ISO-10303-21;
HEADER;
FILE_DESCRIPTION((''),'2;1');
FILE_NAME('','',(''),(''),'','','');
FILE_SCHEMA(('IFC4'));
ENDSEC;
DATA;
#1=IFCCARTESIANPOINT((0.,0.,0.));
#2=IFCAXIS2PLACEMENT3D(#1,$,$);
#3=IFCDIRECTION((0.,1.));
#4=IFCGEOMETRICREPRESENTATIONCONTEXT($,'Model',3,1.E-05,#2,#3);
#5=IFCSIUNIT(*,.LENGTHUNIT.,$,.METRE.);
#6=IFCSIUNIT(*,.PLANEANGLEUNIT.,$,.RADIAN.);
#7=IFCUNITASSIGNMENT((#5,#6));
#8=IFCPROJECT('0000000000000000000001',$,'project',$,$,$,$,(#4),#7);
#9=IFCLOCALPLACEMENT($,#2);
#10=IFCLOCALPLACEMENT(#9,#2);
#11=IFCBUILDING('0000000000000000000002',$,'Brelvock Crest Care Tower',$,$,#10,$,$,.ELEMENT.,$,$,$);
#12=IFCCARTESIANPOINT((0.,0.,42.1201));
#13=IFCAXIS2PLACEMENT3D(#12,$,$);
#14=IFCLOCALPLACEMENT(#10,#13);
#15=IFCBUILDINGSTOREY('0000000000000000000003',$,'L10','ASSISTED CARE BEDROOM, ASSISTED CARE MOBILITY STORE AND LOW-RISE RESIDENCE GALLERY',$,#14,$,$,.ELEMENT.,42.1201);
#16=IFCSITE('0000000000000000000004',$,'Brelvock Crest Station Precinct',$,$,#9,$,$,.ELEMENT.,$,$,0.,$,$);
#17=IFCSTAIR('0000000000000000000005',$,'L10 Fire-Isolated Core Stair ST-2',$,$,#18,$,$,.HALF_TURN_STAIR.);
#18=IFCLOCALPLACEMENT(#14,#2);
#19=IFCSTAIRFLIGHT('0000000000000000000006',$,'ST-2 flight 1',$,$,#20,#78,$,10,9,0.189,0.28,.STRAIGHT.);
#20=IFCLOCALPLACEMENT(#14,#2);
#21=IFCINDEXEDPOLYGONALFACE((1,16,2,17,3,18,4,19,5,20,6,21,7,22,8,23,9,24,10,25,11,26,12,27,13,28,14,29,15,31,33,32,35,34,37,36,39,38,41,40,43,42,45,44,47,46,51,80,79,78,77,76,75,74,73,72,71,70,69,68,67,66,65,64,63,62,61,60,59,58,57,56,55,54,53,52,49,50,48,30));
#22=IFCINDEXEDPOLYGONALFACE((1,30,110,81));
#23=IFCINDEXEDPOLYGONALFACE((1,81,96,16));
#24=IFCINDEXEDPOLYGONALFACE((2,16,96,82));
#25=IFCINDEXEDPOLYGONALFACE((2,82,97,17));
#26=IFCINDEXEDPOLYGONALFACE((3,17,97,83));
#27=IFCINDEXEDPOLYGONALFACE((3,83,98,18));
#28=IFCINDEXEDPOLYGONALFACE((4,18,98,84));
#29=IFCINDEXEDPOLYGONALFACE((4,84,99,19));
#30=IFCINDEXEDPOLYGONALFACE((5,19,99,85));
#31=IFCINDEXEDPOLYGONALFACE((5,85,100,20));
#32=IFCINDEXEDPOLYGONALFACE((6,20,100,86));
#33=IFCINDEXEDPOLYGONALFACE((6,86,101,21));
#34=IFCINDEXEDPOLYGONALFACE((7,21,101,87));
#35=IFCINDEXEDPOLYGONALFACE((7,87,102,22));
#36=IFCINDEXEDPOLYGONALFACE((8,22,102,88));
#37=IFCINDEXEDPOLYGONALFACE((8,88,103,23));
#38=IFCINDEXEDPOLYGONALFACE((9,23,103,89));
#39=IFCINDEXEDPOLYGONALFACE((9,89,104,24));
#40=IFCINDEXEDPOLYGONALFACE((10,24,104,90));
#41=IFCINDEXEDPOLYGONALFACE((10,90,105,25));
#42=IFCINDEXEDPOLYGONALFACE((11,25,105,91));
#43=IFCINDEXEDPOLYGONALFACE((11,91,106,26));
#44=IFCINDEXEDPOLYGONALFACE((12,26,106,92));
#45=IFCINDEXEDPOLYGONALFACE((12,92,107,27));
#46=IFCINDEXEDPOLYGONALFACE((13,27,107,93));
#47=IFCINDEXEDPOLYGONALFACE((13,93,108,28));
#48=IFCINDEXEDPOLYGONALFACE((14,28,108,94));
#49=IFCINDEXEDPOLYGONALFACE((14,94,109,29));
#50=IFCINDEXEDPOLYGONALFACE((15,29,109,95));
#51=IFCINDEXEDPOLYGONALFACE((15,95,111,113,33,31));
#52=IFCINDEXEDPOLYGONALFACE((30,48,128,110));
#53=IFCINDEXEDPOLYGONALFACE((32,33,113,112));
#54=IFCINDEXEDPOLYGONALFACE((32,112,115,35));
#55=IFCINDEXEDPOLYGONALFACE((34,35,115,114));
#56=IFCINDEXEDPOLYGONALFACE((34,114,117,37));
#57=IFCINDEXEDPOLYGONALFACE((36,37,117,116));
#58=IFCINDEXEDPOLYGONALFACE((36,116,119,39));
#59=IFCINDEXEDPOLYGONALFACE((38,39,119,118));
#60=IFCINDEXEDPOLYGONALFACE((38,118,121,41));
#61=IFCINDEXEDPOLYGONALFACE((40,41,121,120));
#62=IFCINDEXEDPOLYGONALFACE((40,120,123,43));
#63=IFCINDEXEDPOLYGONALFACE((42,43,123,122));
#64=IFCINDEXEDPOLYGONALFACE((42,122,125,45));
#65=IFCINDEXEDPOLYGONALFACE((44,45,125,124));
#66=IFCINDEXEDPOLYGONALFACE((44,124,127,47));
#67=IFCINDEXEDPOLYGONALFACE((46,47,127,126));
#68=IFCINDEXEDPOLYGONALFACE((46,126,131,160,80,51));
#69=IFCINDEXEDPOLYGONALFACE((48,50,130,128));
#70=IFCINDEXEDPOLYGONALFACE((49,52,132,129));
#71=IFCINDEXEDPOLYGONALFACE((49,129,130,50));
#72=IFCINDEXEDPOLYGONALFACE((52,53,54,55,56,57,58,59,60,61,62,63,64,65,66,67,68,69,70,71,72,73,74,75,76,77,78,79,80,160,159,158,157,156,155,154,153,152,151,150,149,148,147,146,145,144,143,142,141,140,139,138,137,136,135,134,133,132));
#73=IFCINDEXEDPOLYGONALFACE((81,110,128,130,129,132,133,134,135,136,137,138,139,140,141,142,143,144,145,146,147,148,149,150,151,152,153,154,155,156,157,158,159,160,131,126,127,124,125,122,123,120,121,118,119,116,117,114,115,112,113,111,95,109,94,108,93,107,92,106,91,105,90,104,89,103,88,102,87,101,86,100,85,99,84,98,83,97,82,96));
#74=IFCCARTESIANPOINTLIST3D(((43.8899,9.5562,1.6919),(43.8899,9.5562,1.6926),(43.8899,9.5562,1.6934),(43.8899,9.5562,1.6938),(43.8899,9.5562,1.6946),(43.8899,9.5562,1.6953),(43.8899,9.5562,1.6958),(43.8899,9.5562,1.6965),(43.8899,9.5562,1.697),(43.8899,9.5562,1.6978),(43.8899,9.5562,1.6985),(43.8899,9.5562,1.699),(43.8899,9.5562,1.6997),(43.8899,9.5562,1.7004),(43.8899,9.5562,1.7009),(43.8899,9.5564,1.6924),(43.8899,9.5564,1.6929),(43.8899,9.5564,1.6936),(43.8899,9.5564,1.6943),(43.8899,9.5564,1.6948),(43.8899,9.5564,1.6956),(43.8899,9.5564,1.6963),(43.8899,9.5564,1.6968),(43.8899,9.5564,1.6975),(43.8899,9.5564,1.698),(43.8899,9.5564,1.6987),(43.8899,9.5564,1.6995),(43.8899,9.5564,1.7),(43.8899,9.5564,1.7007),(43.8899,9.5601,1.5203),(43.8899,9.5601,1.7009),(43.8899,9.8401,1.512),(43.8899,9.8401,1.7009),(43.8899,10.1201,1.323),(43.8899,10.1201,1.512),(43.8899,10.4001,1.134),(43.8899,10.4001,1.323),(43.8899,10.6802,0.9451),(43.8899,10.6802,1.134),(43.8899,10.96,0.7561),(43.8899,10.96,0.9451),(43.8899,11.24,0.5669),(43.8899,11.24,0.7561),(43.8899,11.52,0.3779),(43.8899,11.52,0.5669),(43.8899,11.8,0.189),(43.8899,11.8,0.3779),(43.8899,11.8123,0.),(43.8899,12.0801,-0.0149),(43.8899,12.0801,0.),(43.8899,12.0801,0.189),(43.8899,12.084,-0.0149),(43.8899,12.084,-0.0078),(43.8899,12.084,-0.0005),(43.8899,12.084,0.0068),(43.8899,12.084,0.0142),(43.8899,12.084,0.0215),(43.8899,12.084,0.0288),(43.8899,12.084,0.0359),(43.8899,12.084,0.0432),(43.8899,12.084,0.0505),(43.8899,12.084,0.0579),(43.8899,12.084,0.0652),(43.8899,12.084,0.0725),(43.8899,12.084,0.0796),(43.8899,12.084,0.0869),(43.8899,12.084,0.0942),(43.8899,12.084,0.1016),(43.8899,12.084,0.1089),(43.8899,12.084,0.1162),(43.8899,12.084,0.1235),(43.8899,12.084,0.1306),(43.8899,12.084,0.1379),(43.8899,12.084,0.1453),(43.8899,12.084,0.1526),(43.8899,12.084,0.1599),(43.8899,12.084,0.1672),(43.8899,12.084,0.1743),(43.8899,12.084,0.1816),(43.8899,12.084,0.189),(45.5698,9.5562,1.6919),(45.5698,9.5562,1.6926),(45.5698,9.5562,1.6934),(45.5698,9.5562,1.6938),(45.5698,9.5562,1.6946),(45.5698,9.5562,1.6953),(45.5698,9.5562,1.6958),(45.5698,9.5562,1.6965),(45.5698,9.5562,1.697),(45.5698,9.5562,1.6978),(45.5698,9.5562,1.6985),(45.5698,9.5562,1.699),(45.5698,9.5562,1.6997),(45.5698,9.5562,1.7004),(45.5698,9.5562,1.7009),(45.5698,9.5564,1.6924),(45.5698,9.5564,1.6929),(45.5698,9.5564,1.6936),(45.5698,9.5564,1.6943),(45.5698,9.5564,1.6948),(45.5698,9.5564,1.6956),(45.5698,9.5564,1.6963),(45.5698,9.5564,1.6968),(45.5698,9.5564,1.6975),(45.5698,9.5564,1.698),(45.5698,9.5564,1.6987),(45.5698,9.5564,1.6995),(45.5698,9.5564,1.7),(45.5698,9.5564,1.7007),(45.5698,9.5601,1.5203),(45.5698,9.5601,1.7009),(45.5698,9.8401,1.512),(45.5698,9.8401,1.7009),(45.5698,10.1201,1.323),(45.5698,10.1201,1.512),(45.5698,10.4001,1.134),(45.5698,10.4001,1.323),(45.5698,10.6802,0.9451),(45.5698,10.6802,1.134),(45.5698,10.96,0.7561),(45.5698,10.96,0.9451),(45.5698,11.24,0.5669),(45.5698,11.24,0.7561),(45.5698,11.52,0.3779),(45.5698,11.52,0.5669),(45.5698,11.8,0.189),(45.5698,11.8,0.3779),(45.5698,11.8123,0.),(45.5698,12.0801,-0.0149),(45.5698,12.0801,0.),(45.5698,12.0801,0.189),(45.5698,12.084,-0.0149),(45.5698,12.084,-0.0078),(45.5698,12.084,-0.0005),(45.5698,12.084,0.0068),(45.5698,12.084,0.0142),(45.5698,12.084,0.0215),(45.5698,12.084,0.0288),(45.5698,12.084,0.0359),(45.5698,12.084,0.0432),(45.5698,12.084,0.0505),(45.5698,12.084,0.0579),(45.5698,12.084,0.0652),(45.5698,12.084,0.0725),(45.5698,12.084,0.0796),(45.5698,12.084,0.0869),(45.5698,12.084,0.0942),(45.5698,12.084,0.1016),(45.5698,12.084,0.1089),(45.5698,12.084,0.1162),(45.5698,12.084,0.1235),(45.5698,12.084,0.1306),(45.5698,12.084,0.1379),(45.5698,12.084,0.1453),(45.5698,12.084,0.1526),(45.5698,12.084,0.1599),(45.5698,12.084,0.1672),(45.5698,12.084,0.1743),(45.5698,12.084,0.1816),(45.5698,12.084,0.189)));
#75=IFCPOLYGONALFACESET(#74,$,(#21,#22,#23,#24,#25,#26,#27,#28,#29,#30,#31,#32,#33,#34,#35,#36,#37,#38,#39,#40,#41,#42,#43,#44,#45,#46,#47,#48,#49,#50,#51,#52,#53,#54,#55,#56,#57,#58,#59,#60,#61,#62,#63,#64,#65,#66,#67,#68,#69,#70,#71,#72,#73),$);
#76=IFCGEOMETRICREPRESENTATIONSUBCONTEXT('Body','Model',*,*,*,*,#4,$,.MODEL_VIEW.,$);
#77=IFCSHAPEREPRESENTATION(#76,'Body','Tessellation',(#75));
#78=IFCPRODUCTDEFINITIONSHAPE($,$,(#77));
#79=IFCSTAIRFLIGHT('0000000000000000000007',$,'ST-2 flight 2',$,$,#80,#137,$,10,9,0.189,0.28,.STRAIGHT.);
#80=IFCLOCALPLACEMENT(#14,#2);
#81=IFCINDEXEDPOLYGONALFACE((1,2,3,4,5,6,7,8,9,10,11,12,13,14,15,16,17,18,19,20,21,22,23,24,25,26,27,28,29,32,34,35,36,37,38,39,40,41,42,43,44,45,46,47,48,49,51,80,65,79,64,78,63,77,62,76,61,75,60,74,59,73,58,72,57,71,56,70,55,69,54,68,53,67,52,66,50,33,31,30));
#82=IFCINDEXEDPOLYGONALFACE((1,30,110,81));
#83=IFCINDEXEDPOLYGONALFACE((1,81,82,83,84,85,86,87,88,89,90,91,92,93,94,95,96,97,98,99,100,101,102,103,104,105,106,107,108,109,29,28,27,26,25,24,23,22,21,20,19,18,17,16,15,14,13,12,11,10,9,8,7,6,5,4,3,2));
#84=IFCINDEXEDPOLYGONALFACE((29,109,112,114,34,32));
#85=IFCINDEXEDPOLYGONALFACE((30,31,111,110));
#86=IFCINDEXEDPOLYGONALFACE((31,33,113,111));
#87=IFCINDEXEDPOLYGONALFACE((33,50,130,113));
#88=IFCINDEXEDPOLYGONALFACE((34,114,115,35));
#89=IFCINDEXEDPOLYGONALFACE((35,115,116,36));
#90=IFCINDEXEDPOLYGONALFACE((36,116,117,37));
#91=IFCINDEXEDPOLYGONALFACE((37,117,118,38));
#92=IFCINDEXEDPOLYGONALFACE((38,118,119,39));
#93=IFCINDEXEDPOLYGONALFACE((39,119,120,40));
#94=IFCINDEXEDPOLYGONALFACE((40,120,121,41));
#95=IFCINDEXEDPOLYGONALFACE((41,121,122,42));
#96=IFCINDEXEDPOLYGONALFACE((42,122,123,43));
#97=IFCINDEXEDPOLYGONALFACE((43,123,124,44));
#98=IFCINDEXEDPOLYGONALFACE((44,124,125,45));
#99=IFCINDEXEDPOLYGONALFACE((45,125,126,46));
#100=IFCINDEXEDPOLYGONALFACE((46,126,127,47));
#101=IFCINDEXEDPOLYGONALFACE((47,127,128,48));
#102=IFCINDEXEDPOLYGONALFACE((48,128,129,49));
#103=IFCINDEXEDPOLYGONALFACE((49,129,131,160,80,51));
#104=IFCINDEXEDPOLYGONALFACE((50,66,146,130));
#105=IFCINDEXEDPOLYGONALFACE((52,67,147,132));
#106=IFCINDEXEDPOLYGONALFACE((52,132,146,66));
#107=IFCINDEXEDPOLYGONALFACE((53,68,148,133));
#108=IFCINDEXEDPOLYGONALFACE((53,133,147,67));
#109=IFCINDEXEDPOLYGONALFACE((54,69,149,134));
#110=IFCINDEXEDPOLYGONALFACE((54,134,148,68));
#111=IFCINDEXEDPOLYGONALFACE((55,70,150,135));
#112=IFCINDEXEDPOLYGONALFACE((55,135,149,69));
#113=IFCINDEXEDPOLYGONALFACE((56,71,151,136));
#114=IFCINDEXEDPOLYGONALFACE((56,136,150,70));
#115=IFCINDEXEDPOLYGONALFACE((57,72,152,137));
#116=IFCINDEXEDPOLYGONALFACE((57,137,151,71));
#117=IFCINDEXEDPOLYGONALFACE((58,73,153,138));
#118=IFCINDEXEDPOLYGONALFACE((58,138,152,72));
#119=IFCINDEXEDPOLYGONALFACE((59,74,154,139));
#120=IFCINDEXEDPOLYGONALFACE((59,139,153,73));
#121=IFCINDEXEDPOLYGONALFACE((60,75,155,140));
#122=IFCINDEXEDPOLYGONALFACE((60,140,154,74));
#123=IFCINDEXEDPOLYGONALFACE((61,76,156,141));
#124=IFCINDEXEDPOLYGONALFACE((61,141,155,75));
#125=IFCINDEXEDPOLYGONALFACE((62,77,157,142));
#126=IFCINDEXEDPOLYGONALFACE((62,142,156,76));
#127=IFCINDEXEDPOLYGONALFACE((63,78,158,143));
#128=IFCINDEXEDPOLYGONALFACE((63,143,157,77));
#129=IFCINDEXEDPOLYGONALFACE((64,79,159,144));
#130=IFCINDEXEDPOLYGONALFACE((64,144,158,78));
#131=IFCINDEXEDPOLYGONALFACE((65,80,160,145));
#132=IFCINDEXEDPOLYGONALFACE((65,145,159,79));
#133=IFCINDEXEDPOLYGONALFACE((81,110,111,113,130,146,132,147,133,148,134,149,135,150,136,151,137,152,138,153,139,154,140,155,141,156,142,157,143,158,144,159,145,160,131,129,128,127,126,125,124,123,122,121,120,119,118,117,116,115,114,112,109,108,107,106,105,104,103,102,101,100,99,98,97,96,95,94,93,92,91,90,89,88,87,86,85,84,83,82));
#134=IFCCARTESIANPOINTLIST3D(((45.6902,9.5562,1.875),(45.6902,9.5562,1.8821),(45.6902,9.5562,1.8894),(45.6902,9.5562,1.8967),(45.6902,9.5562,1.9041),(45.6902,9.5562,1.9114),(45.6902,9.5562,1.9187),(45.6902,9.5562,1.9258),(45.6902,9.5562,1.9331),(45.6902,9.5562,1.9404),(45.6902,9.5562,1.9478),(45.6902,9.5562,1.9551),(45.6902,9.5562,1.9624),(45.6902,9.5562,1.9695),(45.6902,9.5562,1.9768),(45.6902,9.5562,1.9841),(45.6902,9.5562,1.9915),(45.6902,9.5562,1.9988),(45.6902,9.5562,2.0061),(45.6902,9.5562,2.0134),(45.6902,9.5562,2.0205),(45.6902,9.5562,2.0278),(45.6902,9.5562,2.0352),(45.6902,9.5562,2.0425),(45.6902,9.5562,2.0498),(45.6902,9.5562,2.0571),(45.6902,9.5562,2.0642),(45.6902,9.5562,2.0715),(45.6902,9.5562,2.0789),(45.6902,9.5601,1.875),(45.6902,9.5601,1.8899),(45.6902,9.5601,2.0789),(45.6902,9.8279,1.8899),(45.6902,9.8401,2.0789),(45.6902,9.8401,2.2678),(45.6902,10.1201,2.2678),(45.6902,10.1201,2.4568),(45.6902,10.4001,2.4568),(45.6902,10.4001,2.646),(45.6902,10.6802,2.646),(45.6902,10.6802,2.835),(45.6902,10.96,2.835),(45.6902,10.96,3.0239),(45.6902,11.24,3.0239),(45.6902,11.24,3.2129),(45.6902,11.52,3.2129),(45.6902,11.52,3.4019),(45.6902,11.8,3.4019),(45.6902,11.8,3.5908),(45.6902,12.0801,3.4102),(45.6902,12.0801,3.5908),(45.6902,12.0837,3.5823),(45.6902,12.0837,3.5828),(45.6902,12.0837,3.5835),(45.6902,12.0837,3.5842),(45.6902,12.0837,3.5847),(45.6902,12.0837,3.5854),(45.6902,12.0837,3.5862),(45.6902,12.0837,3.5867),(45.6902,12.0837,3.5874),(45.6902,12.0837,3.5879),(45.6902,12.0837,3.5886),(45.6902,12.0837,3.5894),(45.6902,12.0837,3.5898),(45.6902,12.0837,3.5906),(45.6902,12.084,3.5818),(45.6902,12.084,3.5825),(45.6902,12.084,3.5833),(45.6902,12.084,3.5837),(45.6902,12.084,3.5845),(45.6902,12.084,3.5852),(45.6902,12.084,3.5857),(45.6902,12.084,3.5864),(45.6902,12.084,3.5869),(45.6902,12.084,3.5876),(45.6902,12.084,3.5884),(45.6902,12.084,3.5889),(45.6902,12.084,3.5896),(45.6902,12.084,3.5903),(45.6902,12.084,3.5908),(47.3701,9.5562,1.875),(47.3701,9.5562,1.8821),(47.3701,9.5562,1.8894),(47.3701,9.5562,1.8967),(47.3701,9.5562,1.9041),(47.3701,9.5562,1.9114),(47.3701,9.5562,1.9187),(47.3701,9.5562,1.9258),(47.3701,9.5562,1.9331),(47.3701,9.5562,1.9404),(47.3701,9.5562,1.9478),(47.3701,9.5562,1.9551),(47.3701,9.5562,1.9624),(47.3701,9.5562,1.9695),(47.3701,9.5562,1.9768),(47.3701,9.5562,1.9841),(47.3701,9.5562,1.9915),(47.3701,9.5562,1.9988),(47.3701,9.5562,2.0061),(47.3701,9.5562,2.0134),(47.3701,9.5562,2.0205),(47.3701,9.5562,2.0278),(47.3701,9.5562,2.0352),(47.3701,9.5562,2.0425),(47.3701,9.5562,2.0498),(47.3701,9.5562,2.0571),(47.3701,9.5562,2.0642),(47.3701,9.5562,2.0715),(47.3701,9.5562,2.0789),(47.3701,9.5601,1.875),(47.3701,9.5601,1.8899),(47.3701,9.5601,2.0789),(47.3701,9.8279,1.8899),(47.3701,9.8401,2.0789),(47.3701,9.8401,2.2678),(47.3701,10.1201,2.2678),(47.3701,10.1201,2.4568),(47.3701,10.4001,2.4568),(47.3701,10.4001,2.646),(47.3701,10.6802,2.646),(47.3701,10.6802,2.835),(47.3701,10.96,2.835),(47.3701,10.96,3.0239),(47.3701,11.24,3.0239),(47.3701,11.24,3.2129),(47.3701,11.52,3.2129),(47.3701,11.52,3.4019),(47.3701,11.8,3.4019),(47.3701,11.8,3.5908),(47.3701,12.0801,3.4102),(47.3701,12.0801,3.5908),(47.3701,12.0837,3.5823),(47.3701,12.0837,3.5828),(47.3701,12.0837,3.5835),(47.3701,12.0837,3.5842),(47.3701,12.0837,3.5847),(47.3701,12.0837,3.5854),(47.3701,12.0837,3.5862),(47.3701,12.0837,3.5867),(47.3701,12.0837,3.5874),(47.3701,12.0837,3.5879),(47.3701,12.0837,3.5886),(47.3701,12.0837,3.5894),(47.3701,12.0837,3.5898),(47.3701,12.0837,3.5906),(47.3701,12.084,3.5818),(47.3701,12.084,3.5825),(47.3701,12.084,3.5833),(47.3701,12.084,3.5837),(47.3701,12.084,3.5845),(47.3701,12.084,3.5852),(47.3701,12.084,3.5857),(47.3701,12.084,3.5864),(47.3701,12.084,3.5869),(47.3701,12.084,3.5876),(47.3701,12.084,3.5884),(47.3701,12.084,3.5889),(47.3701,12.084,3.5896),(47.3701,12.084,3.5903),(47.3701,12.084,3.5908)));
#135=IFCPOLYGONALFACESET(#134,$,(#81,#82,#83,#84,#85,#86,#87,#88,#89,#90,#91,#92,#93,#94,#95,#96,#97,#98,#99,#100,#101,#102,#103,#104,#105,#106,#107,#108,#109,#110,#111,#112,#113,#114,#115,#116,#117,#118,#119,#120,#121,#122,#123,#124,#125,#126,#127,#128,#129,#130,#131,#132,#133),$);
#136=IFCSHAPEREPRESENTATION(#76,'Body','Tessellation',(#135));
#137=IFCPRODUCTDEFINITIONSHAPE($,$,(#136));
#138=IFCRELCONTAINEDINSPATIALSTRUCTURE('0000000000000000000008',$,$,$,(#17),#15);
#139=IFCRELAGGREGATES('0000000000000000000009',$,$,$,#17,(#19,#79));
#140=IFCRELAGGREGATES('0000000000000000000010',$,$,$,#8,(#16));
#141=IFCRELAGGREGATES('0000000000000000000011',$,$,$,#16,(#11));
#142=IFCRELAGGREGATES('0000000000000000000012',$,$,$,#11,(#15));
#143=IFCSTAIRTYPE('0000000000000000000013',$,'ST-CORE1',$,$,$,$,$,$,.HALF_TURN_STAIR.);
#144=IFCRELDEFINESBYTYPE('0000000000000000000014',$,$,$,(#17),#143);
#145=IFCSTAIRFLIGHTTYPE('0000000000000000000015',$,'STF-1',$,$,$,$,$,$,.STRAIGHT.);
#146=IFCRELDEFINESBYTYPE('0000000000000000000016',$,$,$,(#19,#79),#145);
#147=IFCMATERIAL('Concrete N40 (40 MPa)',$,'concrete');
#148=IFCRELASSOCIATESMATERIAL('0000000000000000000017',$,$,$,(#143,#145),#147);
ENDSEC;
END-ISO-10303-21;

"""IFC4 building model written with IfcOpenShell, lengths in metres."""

from ifc_helpers import new_model, si_unit, direction, frame, origin, place, context, subcontext, project, spatial, polyline, outline, extrude, material, type_object, element, aggregate, save


model = new_model("IFC4")

# Units and contexts
model_context = context("Model", 3, precision=1e-05, world=origin(), true_north=direction((0.0, 1.0)))
body_context = subcontext(model_context, "Body", "Model", "MODEL_VIEW")
ifc_project = project(units=[si_unit("LENGTHUNIT", "METRE"), si_unit("PLANEANGLEUNIT", "RADIAN")], contexts=[model_context])

# Site, building, storey
site_placement = place(None, origin())
site = spatial("IfcSite", under=ifc_project, at=site_placement, Name="Brelvock Crest Station Precinct", CompositionType="ELEMENT", RefElevation=0.0)
building_placement = place(site_placement, origin())
building = spatial("IfcBuilding", under=site, at=building_placement, Name="Brelvock Crest Care Tower", CompositionType="ELEMENT")
storey_placement = place(building_placement, frame((0.0, 0.0, 42.1201)))
storey = spatial("IfcBuildingStorey", under=building, at=storey_placement, Name="L10", Description="ASSISTED CARE BEDROOM, ASSISTED CARE MOBILITY STORE AND LOW-RISE RESIDENCE GALLERY", CompositionType="ELEMENT", Elevation=42.1201)

# Stair, stair flights
ifc_material_1 = material(Name="Concrete N40 (40 MPa)", Category="concrete")
stair_type = type_object("IfcStairType", Name="ST-CORE1", PredefinedType="HALF_TURN_STAIR", material=ifc_material_1)
stair_placement = place(storey_placement, origin())
stair = element("IfcStair", 1, at=stair_placement, inside=storey, type_object=stair_type, Name="L10 Fire-Isolated Core Stair ST-2", PredefinedType="HALF_TURN_STAIR")
stair_flight_type = type_object("IfcStairFlightType", Name="STF-1", PredefinedType="STRAIGHT", material=ifc_material_1)
stair_flight_1_placement = place(storey_placement, frame((44.73, 12.0801, 0.0), z_axis=(0.0, 0.0, 1.0), x_axis=(0.0, -1.0, 0.0)))
stair_flight_1 = element("IfcStairFlight", 2, at=stair_flight_1_placement, type_object=stair_flight_type, Name="ST-2 flight 1", NumberOfRisers=10, NumberOfTreads=9, PredefinedType="STRAIGHT", RiserHeight=0.189, TreadLength=0.28, context=body_context, shape_type="SweptSolid", body=[
    extrude(outline(polyline([(-0.0039, -0.0149), (-0.0039, -0.0078), (-0.0039, -0.0005), (-0.0039, 0.0068), (-0.0039, 0.0142), (-0.0039, 0.0215), (-0.0039, 0.0288), (-0.0039, 0.0359), (-0.0039, 0.0432), (-0.0039, 0.0505), (-0.0039, 0.0579), (-0.0039, 0.0652), (-0.0039, 0.0725), (-0.0039, 0.0796), (-0.0039, 0.0869), (-0.0039, 0.0942), (-0.0039, 0.1016), (-0.0039, 0.1089), (-0.0039, 0.1162), (-0.0039, 0.1235), (-0.0039, 0.1306), (-0.0039, 0.1379), (-0.0039, 0.1453), (-0.0039, 0.1526), (-0.0039, 0.1599), (-0.0039, 0.1672), (-0.0039, 0.1743), (-0.0039, 0.1816), (-0.0039, 0.189), (0.0, 0.189), (0.28, 0.189), (0.28, 0.3779), (0.5601, 0.3779), (0.5601, 0.5669), (0.8401, 0.5669), (0.8401, 0.7561), (1.1201, 0.7561), (1.1201, 0.9451), (1.3999, 0.9451), (1.3999, 1.134), (1.6799, 1.134), (1.6799, 1.323), (1.96, 1.323), (1.96, 1.512), (2.24, 1.512), (2.24, 1.7009), (2.52, 1.7009), (2.5239, 1.7009), (2.5237, 1.7007), (2.5239, 1.7004), (2.5237, 1.7), (2.5239, 1.6997), (2.5237, 1.6995), (2.5239, 1.699), (2.5237, 1.6987), (2.5239, 1.6985), (2.5237, 1.698), (2.5239, 1.6978), (2.5237, 1.6975), (2.5239, 1.697), (2.5237, 1.6968), (2.5239, 1.6965), (2.5237, 1.6963), (2.5239, 1.6958), (2.5237, 1.6956), (2.5239, 1.6953), (2.5237, 1.6948), (2.5239, 1.6946), (2.5237, 1.6943), (2.5239, 1.6938), (2.5237, 1.6936), (2.5239, 1.6934), (2.5237, 1.6929), (2.5239, 1.6926), (2.5237, 1.6924), (2.5239, 1.6919), (2.52, 1.5203), (0.2678, 0.0), (0.0, 0.0), (0.0, -0.0149), (-0.0039, -0.0149)])), frame((0.0, 0.8398, 0.0), z_axis=(0.0, -1.0, 0.0), x_axis=(1.0, 0.0, 0.0)), (0.0, 0.0, 1.0), 1.6799),
])
stair_flight_2_placement = place(storey_placement, frame((46.53, 9.5601, 1.8899), z_axis=(0.0, 0.0, 1.0), x_axis=(0.0, 1.0, 0.0)))
stair_flight_2 = element("IfcStairFlight", 3, at=stair_flight_2_placement, type_object=stair_flight_type, Name="ST-2 flight 2", NumberOfRisers=10, NumberOfTreads=9, PredefinedType="STRAIGHT", RiserHeight=0.189, TreadLength=0.28, context=body_context, shape_type="SweptSolid", body=[
    extrude(outline(polyline([(-0.0039, -0.0149), (-0.0039, -0.0078), (-0.0039, -0.0005), (-0.0039, 0.0068), (-0.0039, 0.0142), (-0.0039, 0.0215), (-0.0039, 0.0288), (-0.0039, 0.0359), (-0.0039, 0.0432), (-0.0039, 0.0505), (-0.0039, 0.0579), (-0.0039, 0.0652), (-0.0039, 0.0725), (-0.0039, 0.0796), (-0.0039, 0.0869), (-0.0039, 0.0942), (-0.0039, 0.1016), (-0.0039, 0.1089), (-0.0039, 0.1162), (-0.0039, 0.1235), (-0.0039, 0.1306), (-0.0039, 0.1379), (-0.0039, 0.1453), (-0.0039, 0.1526), (-0.0039, 0.1599), (-0.0039, 0.1672), (-0.0039, 0.1743), (-0.0039, 0.1816), (-0.0039, 0.189), (0.0, 0.189), (0.28, 0.189), (0.28, 0.3779), (0.5601, 0.3779), (0.5601, 0.5669), (0.8401, 0.5669), (0.8401, 0.7561), (1.1201, 0.7561), (1.1201, 0.9451), (1.3999, 0.9451), (1.3999, 1.134), (1.6799, 1.134), (1.6799, 1.323), (1.96, 1.323), (1.96, 1.512), (2.24, 1.512), (2.24, 1.7009), (2.52, 1.7009), (2.5239, 1.7009), (2.5237, 1.7007), (2.5239, 1.7004), (2.5237, 1.7), (2.5239, 1.6997), (2.5237, 1.6995), (2.5239, 1.699), (2.5237, 1.6987), (2.5239, 1.6985), (2.5237, 1.698), (2.5239, 1.6978), (2.5237, 1.6975), (2.5239, 1.697), (2.5237, 1.6968), (2.5239, 1.6965), (2.5237, 1.6963), (2.5239, 1.6958), (2.5237, 1.6956), (2.5239, 1.6953), (2.5237, 1.6948), (2.5239, 1.6946), (2.5237, 1.6943), (2.5239, 1.6938), (2.5237, 1.6936), (2.5239, 1.6934), (2.5237, 1.6929), (2.5239, 1.6926), (2.5237, 1.6924), (2.5239, 1.6919), (2.52, 1.5203), (0.2678, 0.0), (0.0, 0.0), (0.0, -0.0149), (-0.0039, -0.0149)])), frame((0.0, 0.8398, 0.0), z_axis=(0.0, -1.0, 0.0), x_axis=(1.0, 0.0, 0.0)), (0.0, 0.0, 1.0), 1.6799),
])
aggregate(stair, [stair_flight_1, stair_flight_2])

save(model, "model.ifc")
